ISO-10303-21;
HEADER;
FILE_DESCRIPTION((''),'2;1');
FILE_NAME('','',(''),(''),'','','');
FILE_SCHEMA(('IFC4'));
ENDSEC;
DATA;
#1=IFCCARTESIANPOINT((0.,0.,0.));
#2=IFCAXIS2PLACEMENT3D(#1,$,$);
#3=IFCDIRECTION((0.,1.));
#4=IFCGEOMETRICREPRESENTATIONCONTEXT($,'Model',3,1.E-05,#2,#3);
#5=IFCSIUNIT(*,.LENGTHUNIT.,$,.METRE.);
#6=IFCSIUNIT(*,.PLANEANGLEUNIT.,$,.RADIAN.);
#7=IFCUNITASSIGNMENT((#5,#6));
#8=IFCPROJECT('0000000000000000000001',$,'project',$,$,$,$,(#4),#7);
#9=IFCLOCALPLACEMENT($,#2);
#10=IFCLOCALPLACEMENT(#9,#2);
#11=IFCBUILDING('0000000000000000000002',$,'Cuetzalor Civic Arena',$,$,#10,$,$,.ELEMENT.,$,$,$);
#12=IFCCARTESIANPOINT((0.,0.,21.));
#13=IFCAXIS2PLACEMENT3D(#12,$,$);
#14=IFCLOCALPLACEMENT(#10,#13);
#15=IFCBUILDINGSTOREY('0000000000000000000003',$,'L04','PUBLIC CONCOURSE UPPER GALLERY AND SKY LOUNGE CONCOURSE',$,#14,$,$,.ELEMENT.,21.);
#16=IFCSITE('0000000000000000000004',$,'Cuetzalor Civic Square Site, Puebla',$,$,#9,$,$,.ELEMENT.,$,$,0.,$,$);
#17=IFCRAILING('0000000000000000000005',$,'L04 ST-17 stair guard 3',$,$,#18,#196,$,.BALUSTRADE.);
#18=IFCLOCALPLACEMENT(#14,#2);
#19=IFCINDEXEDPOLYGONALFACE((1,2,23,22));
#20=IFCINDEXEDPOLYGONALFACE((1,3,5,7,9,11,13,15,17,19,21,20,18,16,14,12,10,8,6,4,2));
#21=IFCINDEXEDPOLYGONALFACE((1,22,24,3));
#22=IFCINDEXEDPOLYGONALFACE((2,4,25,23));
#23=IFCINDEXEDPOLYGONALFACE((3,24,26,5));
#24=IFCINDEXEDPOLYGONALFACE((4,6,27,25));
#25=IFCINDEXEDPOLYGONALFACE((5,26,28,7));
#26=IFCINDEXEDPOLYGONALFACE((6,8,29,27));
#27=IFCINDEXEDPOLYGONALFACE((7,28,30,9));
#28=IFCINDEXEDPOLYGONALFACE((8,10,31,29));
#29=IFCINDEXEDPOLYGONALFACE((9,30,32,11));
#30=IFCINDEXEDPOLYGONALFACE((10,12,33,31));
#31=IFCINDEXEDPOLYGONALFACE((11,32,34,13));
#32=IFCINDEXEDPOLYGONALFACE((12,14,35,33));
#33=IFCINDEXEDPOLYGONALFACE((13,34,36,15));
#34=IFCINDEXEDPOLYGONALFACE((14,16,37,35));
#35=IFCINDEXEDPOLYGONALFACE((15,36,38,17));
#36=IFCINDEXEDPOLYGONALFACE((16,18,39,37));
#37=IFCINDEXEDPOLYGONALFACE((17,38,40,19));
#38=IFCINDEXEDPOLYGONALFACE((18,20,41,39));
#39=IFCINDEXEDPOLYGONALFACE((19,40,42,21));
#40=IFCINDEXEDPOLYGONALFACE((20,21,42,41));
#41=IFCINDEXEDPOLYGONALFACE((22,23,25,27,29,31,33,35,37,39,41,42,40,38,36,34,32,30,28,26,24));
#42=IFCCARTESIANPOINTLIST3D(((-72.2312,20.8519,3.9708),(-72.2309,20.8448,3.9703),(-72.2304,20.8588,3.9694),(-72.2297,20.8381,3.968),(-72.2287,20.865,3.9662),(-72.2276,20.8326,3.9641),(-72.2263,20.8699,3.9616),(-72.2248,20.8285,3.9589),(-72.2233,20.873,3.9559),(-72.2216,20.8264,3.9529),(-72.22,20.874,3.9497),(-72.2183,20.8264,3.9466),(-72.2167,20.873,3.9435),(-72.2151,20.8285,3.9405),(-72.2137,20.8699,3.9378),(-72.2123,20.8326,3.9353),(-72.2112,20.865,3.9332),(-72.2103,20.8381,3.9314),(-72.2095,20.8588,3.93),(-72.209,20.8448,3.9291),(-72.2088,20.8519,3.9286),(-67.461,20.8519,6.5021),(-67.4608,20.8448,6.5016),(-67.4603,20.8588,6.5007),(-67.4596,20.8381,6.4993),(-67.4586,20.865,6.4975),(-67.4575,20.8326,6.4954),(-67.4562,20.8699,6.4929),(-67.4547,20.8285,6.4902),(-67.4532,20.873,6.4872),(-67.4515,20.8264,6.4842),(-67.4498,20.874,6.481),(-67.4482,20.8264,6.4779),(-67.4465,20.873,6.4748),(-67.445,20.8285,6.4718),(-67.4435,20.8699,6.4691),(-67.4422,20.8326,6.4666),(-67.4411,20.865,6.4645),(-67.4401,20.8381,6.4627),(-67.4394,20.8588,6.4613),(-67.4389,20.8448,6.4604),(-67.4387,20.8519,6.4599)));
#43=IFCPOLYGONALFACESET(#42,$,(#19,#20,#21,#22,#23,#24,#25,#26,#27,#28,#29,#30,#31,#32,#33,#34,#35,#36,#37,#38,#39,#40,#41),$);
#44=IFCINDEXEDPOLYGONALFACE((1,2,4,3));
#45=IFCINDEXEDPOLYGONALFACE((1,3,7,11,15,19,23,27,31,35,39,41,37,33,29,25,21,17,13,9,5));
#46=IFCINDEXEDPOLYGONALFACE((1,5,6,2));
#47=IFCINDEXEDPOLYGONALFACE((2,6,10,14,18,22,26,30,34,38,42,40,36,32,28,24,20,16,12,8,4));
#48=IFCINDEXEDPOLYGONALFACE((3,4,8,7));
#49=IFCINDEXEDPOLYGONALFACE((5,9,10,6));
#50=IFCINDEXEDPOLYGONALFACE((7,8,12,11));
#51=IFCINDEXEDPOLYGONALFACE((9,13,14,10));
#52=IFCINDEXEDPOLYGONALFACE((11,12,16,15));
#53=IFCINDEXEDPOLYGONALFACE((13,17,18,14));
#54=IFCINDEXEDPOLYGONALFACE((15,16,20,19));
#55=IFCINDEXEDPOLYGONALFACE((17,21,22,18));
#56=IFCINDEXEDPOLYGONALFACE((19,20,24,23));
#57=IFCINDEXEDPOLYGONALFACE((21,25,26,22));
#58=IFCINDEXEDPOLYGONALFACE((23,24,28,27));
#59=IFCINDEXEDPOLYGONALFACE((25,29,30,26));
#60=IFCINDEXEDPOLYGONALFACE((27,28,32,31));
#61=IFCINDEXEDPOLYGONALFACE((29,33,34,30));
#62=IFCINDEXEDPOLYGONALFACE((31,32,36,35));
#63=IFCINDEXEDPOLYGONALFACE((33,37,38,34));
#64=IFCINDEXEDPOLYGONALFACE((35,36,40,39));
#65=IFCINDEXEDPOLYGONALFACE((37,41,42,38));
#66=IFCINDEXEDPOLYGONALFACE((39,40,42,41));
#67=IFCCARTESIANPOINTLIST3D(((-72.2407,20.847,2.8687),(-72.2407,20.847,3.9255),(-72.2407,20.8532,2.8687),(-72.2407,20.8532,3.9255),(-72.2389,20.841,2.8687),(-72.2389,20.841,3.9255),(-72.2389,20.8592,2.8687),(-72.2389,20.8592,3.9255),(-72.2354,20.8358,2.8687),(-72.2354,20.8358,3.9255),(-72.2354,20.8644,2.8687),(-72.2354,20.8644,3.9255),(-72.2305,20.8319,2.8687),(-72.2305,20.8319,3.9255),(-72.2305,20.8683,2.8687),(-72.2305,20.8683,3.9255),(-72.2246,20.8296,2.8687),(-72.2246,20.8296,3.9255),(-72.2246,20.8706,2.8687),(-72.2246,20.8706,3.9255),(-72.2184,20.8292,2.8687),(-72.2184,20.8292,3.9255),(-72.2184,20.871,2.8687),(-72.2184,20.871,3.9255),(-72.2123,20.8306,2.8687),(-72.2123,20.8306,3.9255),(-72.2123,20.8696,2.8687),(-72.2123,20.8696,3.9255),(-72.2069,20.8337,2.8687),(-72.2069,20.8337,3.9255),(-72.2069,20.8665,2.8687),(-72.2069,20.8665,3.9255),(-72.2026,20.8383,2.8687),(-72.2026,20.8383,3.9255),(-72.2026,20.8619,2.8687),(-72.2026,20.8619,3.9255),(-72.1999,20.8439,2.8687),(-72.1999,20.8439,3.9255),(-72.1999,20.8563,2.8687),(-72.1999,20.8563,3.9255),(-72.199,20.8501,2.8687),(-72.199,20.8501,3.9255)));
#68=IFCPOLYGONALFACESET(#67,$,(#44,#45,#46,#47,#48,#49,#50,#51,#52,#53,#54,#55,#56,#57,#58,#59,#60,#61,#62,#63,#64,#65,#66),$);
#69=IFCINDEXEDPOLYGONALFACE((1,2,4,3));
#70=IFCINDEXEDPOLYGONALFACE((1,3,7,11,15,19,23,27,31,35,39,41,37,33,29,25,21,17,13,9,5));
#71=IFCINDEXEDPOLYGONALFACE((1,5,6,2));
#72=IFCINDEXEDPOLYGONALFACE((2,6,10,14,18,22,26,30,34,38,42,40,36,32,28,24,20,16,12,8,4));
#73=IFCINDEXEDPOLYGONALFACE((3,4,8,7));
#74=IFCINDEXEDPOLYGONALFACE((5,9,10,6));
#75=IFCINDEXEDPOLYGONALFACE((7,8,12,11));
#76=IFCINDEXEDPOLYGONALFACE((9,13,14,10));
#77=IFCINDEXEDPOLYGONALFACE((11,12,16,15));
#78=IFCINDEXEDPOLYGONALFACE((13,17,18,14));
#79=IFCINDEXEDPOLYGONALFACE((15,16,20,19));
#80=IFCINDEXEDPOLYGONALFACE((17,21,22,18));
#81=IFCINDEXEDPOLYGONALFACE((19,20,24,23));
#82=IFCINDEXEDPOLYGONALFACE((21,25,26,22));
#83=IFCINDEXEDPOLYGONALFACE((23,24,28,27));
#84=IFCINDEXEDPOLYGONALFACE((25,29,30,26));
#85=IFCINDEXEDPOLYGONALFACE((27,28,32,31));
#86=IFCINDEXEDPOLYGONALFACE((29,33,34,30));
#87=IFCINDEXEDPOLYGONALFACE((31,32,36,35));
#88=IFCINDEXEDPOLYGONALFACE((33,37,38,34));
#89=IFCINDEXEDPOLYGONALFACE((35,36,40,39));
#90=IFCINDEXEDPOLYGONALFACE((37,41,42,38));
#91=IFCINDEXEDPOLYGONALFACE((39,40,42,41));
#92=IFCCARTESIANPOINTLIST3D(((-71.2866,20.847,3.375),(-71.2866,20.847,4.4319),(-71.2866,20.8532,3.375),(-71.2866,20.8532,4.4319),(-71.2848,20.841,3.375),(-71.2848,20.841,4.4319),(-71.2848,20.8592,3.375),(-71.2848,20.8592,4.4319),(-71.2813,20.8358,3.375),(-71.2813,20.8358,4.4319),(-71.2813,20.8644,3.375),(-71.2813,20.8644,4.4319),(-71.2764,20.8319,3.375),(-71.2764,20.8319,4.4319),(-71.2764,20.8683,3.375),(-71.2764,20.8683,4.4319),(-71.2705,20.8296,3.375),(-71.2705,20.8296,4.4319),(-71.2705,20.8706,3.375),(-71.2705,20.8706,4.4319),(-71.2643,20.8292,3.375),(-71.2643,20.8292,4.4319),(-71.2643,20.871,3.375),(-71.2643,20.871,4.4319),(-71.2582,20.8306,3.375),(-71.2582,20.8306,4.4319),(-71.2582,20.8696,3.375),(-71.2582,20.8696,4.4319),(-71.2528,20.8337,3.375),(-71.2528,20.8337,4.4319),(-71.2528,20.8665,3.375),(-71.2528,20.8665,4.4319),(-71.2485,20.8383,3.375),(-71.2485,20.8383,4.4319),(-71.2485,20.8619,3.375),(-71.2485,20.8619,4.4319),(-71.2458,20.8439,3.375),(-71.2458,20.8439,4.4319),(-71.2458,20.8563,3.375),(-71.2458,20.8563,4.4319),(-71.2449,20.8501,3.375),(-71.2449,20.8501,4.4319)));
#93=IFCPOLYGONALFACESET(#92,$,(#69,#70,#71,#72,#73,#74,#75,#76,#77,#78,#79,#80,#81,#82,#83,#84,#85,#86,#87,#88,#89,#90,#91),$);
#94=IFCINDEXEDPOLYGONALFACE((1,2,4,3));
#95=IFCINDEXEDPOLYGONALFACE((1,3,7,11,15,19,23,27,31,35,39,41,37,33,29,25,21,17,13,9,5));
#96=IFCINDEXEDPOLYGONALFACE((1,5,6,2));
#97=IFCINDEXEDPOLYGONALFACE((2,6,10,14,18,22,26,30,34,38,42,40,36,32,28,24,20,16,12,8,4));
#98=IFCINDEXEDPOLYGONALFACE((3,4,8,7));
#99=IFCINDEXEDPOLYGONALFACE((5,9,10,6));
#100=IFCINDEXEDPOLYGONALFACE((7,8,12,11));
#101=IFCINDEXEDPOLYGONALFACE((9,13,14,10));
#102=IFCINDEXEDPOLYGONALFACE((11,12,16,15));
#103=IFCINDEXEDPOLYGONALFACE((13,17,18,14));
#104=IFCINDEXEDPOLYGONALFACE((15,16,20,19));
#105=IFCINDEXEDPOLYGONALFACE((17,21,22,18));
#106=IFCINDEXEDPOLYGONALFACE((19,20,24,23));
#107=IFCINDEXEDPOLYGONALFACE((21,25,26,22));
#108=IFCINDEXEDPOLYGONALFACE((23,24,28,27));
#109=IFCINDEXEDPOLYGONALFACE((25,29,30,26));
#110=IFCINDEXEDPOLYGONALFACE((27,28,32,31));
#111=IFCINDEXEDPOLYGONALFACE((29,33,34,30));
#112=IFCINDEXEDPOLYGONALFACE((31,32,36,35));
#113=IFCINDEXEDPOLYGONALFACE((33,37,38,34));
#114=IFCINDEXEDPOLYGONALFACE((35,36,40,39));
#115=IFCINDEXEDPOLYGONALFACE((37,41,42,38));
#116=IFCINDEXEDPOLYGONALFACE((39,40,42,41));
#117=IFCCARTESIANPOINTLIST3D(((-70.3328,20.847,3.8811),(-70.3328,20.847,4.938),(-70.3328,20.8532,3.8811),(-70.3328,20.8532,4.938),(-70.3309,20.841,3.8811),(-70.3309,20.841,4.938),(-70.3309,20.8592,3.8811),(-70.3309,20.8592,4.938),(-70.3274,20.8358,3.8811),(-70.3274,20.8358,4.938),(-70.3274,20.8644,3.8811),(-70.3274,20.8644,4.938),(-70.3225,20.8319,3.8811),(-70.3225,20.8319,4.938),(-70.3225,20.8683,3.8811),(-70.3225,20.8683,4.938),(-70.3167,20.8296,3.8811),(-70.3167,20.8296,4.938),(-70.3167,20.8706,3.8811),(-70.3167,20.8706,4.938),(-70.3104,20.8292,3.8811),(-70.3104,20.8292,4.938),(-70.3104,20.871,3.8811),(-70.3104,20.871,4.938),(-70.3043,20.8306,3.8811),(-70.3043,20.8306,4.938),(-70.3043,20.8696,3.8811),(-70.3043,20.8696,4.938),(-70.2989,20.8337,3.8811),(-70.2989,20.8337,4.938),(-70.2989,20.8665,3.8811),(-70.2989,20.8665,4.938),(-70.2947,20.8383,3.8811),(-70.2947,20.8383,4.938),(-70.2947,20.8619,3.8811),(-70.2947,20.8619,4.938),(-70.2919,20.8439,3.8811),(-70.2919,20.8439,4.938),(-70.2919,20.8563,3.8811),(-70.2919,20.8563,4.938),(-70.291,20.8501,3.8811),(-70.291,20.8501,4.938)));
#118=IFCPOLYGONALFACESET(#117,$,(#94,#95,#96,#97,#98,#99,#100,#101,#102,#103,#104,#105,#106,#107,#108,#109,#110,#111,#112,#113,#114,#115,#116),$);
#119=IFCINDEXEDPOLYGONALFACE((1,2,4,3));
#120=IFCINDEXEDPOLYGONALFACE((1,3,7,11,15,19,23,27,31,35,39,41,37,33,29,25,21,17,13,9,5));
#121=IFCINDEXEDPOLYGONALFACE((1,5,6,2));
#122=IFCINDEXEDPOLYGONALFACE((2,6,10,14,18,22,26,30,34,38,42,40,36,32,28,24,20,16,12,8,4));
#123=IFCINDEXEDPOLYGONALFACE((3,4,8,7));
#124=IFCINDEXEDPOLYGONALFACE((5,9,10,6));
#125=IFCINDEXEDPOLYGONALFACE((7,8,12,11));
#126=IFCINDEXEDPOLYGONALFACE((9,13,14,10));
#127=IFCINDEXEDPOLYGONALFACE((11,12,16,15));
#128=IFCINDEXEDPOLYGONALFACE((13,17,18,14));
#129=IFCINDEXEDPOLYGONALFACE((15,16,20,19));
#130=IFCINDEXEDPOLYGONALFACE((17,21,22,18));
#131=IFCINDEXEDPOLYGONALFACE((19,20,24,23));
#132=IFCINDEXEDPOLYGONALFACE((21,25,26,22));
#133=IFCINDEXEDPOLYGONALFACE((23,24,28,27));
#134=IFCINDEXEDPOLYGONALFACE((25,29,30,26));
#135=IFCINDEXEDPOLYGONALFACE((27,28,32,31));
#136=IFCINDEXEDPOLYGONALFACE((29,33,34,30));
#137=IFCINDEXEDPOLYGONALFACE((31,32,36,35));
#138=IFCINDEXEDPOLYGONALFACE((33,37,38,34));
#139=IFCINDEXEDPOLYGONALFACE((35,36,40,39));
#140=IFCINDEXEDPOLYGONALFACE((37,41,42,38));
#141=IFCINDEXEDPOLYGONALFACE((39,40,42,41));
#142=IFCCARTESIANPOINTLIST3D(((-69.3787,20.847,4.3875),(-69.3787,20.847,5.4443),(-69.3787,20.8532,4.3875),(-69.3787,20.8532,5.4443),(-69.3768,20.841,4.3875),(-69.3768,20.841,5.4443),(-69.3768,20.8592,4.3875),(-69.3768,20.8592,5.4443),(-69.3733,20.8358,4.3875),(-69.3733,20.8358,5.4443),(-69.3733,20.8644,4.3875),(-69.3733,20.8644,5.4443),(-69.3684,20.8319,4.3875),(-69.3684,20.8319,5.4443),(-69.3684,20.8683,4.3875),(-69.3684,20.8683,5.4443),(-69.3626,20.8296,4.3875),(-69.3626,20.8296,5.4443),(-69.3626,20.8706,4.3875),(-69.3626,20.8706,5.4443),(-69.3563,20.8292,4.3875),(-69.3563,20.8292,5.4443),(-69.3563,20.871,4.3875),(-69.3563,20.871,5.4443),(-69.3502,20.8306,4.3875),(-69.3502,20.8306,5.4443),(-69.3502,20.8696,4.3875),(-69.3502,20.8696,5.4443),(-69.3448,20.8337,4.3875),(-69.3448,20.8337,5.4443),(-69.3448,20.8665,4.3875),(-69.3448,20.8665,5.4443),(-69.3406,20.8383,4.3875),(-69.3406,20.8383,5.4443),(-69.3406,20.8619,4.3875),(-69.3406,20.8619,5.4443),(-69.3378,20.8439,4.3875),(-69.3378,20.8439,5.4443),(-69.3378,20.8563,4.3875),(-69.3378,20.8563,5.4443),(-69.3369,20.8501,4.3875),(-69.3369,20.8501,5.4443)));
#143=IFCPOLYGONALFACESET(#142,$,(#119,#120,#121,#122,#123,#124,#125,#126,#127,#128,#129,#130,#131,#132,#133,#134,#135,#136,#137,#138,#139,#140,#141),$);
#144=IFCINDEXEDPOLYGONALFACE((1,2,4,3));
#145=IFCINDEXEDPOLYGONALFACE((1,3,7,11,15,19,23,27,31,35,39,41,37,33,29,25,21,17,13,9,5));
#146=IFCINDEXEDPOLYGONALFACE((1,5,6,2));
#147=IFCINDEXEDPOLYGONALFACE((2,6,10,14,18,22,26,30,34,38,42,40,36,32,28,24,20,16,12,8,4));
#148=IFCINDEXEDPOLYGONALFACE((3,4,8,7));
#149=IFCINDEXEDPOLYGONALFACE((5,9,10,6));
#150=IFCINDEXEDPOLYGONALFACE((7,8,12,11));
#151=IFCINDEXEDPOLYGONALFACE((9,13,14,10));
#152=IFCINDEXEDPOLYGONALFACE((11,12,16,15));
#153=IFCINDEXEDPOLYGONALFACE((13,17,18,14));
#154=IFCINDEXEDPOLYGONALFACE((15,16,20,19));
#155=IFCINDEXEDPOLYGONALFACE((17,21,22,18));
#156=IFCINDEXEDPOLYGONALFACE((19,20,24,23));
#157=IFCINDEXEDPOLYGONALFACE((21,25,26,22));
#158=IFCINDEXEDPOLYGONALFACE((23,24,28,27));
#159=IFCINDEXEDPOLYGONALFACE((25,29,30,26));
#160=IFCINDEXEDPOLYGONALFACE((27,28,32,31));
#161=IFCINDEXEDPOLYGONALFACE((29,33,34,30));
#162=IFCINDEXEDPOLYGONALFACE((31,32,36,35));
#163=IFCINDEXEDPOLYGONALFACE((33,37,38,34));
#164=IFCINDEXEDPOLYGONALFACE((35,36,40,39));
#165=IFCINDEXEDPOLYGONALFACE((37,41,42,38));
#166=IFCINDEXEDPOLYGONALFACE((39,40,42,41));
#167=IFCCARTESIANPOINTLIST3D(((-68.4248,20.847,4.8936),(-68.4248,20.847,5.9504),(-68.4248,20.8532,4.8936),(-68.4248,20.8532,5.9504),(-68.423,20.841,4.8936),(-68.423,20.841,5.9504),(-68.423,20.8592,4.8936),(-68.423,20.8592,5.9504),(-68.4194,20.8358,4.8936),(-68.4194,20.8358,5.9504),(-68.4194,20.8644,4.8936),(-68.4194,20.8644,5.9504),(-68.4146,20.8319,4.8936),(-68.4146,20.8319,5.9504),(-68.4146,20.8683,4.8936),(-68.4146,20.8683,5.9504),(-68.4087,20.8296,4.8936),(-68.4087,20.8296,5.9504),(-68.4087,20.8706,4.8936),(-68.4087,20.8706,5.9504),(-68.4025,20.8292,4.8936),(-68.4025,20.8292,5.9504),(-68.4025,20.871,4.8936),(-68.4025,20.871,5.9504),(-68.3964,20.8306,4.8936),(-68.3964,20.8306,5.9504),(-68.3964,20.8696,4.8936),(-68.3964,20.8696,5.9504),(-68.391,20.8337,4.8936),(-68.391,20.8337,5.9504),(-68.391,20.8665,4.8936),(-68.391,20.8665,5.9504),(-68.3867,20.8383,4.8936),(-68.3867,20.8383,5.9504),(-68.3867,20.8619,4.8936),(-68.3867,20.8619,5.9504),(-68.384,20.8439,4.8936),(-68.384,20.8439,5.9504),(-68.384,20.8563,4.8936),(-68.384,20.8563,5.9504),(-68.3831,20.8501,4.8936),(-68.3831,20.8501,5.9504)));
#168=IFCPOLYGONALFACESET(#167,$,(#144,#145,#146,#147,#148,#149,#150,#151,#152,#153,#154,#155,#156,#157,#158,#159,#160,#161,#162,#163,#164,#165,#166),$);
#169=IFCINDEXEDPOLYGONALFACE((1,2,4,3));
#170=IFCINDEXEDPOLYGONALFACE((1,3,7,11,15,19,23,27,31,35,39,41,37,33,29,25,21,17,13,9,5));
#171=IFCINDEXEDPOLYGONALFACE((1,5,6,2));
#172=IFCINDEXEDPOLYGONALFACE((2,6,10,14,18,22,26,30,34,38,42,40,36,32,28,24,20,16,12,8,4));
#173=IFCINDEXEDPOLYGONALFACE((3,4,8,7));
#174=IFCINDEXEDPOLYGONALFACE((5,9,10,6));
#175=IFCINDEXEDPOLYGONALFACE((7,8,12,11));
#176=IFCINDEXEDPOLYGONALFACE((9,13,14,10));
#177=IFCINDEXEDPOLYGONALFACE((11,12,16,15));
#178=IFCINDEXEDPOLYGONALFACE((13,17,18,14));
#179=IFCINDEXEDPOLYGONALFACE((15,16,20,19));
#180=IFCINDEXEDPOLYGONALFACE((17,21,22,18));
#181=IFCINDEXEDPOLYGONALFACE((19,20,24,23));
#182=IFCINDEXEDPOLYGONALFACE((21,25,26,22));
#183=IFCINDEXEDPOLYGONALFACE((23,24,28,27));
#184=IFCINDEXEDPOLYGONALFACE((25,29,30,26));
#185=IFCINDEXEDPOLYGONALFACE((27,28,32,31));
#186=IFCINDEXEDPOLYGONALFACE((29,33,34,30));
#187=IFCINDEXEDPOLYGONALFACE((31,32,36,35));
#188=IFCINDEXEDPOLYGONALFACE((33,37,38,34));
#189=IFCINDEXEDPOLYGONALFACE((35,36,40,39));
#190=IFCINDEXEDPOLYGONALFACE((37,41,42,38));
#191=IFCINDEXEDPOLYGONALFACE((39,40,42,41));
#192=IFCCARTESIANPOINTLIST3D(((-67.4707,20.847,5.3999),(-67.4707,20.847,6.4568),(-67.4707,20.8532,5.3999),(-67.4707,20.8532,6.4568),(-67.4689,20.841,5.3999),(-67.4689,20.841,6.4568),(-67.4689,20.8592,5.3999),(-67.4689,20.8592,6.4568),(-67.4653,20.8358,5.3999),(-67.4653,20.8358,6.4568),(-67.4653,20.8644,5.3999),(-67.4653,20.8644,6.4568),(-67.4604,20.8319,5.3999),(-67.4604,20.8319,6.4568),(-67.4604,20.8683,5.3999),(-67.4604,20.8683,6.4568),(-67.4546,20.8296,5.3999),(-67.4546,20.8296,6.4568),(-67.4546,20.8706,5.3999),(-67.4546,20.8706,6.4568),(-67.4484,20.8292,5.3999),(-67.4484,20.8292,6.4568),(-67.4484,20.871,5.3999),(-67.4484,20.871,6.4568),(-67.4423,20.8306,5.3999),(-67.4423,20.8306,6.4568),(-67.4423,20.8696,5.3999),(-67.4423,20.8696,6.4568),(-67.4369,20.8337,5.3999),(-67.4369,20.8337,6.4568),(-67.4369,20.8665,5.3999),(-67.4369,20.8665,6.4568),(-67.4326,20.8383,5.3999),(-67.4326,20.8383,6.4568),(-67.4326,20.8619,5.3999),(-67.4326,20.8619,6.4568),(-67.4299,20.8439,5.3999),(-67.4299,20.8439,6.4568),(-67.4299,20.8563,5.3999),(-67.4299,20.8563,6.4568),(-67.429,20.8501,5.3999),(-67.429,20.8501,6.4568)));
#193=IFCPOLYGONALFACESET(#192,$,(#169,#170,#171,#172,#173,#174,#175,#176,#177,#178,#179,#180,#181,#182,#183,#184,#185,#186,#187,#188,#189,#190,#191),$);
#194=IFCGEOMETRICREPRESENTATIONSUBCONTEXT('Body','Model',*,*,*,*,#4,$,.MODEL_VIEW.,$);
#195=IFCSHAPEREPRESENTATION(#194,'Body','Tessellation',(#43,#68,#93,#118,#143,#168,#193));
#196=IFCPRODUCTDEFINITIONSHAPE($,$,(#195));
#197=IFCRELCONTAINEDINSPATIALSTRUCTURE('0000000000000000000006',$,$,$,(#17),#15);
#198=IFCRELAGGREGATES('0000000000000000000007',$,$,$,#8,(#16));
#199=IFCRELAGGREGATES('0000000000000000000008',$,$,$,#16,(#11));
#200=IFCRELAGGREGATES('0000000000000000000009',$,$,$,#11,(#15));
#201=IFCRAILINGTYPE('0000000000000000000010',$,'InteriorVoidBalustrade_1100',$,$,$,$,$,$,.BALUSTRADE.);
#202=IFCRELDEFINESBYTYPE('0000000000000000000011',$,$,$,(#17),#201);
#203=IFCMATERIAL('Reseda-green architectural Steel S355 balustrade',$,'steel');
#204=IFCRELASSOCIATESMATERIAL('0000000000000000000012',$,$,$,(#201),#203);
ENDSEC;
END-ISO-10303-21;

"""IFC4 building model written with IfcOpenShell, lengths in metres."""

from ifc_helpers import new_model, si_unit, direction, frame, origin, origin_2d, place, context, subcontext, project, spatial, circle, extrude, material, type_object, element, save


model = new_model("IFC4")

# Units and contexts
model_context = context("Model", 3, precision=1e-05, world=origin(), true_north=direction((0.0, 1.0)))
body_context = subcontext(model_context, "Body", "Model", "MODEL_VIEW")
ifc_project = project(units=[si_unit("LENGTHUNIT", "METRE"), si_unit("PLANEANGLEUNIT", "RADIAN")], contexts=[model_context])

# Site, building, storey
site_placement = place(None, origin())
site = spatial("IfcSite", under=ifc_project, at=site_placement, Name="Cuetzalor Civic Square Site, Puebla", CompositionType="ELEMENT", RefElevation=0.0)
building_placement = place(site_placement, origin())
building = spatial("IfcBuilding", under=site, at=building_placement, Name="Cuetzalor Civic Arena", CompositionType="ELEMENT")
storey_placement = place(building_placement, frame((0.0, 0.0, 21.0)))
storey = spatial("IfcBuildingStorey", under=building, at=storey_placement, Name="L04", Description="PUBLIC CONCOURSE UPPER GALLERY AND SKY LOUNGE CONCOURSE", CompositionType="ELEMENT", Elevation=21.0)

# Railing
ifc_material_1 = material(Name="Reseda-green architectural Steel S355 balustrade", Category="steel")
railing_type_1 = type_object("IfcRailingType", Name="InteriorVoidBalustrade_1100", PredefinedType="BALUSTRADE", material=ifc_material_1)
railing_1_placement = place(storey_placement, frame((-72.22, 20.8501, 2.8687)))
element("IfcRailing", 1, at=railing_1_placement, inside=storey, type_object=railing_type_1, Name="L04 ST-17 stair guard 3", PredefinedType="BALUSTRADE", context=body_context, shape_type="SweptSolid", body=[
    extrude(circle(Radius=0.0239, at=origin_2d()), frame((0.0, 0.0, 1.0811), z_axis=(0.883332, 0.0, 0.468747), x_axis=(0.0, 1.0, 0.0)), (0.0, 0.0, 1.0), 5.4001),
    extrude(circle(Radius=0.021, at=origin_2d()), origin(), (0.0, 0.0, 1.0), 1.0569),
    extrude(circle(Radius=0.021, at=origin_2d()), frame((0.9541, 0.0, 0.5063)), (0.0, 0.0, 1.0), 1.0569),
    extrude(circle(Radius=0.021, at=origin_2d()), frame((1.908, 0.0, 1.0125)), (0.0, 0.0, 1.0), 1.0569),
    extrude(circle(Radius=0.021, at=origin_2d()), frame((2.8621, 0.0, 1.5188)), (0.0, 0.0, 1.0), 1.0569),
    extrude(circle(Radius=0.021, at=origin_2d()), frame((3.8159, 0.0, 2.0249)), (0.0, 0.0, 1.0), 1.0569),
    extrude(circle(Radius=0.021, at=origin_2d()), frame((4.77, 0.0, 2.5312)), (0.0, 0.0, 1.0), 1.0569),
])

save(model, "model.ifc")
